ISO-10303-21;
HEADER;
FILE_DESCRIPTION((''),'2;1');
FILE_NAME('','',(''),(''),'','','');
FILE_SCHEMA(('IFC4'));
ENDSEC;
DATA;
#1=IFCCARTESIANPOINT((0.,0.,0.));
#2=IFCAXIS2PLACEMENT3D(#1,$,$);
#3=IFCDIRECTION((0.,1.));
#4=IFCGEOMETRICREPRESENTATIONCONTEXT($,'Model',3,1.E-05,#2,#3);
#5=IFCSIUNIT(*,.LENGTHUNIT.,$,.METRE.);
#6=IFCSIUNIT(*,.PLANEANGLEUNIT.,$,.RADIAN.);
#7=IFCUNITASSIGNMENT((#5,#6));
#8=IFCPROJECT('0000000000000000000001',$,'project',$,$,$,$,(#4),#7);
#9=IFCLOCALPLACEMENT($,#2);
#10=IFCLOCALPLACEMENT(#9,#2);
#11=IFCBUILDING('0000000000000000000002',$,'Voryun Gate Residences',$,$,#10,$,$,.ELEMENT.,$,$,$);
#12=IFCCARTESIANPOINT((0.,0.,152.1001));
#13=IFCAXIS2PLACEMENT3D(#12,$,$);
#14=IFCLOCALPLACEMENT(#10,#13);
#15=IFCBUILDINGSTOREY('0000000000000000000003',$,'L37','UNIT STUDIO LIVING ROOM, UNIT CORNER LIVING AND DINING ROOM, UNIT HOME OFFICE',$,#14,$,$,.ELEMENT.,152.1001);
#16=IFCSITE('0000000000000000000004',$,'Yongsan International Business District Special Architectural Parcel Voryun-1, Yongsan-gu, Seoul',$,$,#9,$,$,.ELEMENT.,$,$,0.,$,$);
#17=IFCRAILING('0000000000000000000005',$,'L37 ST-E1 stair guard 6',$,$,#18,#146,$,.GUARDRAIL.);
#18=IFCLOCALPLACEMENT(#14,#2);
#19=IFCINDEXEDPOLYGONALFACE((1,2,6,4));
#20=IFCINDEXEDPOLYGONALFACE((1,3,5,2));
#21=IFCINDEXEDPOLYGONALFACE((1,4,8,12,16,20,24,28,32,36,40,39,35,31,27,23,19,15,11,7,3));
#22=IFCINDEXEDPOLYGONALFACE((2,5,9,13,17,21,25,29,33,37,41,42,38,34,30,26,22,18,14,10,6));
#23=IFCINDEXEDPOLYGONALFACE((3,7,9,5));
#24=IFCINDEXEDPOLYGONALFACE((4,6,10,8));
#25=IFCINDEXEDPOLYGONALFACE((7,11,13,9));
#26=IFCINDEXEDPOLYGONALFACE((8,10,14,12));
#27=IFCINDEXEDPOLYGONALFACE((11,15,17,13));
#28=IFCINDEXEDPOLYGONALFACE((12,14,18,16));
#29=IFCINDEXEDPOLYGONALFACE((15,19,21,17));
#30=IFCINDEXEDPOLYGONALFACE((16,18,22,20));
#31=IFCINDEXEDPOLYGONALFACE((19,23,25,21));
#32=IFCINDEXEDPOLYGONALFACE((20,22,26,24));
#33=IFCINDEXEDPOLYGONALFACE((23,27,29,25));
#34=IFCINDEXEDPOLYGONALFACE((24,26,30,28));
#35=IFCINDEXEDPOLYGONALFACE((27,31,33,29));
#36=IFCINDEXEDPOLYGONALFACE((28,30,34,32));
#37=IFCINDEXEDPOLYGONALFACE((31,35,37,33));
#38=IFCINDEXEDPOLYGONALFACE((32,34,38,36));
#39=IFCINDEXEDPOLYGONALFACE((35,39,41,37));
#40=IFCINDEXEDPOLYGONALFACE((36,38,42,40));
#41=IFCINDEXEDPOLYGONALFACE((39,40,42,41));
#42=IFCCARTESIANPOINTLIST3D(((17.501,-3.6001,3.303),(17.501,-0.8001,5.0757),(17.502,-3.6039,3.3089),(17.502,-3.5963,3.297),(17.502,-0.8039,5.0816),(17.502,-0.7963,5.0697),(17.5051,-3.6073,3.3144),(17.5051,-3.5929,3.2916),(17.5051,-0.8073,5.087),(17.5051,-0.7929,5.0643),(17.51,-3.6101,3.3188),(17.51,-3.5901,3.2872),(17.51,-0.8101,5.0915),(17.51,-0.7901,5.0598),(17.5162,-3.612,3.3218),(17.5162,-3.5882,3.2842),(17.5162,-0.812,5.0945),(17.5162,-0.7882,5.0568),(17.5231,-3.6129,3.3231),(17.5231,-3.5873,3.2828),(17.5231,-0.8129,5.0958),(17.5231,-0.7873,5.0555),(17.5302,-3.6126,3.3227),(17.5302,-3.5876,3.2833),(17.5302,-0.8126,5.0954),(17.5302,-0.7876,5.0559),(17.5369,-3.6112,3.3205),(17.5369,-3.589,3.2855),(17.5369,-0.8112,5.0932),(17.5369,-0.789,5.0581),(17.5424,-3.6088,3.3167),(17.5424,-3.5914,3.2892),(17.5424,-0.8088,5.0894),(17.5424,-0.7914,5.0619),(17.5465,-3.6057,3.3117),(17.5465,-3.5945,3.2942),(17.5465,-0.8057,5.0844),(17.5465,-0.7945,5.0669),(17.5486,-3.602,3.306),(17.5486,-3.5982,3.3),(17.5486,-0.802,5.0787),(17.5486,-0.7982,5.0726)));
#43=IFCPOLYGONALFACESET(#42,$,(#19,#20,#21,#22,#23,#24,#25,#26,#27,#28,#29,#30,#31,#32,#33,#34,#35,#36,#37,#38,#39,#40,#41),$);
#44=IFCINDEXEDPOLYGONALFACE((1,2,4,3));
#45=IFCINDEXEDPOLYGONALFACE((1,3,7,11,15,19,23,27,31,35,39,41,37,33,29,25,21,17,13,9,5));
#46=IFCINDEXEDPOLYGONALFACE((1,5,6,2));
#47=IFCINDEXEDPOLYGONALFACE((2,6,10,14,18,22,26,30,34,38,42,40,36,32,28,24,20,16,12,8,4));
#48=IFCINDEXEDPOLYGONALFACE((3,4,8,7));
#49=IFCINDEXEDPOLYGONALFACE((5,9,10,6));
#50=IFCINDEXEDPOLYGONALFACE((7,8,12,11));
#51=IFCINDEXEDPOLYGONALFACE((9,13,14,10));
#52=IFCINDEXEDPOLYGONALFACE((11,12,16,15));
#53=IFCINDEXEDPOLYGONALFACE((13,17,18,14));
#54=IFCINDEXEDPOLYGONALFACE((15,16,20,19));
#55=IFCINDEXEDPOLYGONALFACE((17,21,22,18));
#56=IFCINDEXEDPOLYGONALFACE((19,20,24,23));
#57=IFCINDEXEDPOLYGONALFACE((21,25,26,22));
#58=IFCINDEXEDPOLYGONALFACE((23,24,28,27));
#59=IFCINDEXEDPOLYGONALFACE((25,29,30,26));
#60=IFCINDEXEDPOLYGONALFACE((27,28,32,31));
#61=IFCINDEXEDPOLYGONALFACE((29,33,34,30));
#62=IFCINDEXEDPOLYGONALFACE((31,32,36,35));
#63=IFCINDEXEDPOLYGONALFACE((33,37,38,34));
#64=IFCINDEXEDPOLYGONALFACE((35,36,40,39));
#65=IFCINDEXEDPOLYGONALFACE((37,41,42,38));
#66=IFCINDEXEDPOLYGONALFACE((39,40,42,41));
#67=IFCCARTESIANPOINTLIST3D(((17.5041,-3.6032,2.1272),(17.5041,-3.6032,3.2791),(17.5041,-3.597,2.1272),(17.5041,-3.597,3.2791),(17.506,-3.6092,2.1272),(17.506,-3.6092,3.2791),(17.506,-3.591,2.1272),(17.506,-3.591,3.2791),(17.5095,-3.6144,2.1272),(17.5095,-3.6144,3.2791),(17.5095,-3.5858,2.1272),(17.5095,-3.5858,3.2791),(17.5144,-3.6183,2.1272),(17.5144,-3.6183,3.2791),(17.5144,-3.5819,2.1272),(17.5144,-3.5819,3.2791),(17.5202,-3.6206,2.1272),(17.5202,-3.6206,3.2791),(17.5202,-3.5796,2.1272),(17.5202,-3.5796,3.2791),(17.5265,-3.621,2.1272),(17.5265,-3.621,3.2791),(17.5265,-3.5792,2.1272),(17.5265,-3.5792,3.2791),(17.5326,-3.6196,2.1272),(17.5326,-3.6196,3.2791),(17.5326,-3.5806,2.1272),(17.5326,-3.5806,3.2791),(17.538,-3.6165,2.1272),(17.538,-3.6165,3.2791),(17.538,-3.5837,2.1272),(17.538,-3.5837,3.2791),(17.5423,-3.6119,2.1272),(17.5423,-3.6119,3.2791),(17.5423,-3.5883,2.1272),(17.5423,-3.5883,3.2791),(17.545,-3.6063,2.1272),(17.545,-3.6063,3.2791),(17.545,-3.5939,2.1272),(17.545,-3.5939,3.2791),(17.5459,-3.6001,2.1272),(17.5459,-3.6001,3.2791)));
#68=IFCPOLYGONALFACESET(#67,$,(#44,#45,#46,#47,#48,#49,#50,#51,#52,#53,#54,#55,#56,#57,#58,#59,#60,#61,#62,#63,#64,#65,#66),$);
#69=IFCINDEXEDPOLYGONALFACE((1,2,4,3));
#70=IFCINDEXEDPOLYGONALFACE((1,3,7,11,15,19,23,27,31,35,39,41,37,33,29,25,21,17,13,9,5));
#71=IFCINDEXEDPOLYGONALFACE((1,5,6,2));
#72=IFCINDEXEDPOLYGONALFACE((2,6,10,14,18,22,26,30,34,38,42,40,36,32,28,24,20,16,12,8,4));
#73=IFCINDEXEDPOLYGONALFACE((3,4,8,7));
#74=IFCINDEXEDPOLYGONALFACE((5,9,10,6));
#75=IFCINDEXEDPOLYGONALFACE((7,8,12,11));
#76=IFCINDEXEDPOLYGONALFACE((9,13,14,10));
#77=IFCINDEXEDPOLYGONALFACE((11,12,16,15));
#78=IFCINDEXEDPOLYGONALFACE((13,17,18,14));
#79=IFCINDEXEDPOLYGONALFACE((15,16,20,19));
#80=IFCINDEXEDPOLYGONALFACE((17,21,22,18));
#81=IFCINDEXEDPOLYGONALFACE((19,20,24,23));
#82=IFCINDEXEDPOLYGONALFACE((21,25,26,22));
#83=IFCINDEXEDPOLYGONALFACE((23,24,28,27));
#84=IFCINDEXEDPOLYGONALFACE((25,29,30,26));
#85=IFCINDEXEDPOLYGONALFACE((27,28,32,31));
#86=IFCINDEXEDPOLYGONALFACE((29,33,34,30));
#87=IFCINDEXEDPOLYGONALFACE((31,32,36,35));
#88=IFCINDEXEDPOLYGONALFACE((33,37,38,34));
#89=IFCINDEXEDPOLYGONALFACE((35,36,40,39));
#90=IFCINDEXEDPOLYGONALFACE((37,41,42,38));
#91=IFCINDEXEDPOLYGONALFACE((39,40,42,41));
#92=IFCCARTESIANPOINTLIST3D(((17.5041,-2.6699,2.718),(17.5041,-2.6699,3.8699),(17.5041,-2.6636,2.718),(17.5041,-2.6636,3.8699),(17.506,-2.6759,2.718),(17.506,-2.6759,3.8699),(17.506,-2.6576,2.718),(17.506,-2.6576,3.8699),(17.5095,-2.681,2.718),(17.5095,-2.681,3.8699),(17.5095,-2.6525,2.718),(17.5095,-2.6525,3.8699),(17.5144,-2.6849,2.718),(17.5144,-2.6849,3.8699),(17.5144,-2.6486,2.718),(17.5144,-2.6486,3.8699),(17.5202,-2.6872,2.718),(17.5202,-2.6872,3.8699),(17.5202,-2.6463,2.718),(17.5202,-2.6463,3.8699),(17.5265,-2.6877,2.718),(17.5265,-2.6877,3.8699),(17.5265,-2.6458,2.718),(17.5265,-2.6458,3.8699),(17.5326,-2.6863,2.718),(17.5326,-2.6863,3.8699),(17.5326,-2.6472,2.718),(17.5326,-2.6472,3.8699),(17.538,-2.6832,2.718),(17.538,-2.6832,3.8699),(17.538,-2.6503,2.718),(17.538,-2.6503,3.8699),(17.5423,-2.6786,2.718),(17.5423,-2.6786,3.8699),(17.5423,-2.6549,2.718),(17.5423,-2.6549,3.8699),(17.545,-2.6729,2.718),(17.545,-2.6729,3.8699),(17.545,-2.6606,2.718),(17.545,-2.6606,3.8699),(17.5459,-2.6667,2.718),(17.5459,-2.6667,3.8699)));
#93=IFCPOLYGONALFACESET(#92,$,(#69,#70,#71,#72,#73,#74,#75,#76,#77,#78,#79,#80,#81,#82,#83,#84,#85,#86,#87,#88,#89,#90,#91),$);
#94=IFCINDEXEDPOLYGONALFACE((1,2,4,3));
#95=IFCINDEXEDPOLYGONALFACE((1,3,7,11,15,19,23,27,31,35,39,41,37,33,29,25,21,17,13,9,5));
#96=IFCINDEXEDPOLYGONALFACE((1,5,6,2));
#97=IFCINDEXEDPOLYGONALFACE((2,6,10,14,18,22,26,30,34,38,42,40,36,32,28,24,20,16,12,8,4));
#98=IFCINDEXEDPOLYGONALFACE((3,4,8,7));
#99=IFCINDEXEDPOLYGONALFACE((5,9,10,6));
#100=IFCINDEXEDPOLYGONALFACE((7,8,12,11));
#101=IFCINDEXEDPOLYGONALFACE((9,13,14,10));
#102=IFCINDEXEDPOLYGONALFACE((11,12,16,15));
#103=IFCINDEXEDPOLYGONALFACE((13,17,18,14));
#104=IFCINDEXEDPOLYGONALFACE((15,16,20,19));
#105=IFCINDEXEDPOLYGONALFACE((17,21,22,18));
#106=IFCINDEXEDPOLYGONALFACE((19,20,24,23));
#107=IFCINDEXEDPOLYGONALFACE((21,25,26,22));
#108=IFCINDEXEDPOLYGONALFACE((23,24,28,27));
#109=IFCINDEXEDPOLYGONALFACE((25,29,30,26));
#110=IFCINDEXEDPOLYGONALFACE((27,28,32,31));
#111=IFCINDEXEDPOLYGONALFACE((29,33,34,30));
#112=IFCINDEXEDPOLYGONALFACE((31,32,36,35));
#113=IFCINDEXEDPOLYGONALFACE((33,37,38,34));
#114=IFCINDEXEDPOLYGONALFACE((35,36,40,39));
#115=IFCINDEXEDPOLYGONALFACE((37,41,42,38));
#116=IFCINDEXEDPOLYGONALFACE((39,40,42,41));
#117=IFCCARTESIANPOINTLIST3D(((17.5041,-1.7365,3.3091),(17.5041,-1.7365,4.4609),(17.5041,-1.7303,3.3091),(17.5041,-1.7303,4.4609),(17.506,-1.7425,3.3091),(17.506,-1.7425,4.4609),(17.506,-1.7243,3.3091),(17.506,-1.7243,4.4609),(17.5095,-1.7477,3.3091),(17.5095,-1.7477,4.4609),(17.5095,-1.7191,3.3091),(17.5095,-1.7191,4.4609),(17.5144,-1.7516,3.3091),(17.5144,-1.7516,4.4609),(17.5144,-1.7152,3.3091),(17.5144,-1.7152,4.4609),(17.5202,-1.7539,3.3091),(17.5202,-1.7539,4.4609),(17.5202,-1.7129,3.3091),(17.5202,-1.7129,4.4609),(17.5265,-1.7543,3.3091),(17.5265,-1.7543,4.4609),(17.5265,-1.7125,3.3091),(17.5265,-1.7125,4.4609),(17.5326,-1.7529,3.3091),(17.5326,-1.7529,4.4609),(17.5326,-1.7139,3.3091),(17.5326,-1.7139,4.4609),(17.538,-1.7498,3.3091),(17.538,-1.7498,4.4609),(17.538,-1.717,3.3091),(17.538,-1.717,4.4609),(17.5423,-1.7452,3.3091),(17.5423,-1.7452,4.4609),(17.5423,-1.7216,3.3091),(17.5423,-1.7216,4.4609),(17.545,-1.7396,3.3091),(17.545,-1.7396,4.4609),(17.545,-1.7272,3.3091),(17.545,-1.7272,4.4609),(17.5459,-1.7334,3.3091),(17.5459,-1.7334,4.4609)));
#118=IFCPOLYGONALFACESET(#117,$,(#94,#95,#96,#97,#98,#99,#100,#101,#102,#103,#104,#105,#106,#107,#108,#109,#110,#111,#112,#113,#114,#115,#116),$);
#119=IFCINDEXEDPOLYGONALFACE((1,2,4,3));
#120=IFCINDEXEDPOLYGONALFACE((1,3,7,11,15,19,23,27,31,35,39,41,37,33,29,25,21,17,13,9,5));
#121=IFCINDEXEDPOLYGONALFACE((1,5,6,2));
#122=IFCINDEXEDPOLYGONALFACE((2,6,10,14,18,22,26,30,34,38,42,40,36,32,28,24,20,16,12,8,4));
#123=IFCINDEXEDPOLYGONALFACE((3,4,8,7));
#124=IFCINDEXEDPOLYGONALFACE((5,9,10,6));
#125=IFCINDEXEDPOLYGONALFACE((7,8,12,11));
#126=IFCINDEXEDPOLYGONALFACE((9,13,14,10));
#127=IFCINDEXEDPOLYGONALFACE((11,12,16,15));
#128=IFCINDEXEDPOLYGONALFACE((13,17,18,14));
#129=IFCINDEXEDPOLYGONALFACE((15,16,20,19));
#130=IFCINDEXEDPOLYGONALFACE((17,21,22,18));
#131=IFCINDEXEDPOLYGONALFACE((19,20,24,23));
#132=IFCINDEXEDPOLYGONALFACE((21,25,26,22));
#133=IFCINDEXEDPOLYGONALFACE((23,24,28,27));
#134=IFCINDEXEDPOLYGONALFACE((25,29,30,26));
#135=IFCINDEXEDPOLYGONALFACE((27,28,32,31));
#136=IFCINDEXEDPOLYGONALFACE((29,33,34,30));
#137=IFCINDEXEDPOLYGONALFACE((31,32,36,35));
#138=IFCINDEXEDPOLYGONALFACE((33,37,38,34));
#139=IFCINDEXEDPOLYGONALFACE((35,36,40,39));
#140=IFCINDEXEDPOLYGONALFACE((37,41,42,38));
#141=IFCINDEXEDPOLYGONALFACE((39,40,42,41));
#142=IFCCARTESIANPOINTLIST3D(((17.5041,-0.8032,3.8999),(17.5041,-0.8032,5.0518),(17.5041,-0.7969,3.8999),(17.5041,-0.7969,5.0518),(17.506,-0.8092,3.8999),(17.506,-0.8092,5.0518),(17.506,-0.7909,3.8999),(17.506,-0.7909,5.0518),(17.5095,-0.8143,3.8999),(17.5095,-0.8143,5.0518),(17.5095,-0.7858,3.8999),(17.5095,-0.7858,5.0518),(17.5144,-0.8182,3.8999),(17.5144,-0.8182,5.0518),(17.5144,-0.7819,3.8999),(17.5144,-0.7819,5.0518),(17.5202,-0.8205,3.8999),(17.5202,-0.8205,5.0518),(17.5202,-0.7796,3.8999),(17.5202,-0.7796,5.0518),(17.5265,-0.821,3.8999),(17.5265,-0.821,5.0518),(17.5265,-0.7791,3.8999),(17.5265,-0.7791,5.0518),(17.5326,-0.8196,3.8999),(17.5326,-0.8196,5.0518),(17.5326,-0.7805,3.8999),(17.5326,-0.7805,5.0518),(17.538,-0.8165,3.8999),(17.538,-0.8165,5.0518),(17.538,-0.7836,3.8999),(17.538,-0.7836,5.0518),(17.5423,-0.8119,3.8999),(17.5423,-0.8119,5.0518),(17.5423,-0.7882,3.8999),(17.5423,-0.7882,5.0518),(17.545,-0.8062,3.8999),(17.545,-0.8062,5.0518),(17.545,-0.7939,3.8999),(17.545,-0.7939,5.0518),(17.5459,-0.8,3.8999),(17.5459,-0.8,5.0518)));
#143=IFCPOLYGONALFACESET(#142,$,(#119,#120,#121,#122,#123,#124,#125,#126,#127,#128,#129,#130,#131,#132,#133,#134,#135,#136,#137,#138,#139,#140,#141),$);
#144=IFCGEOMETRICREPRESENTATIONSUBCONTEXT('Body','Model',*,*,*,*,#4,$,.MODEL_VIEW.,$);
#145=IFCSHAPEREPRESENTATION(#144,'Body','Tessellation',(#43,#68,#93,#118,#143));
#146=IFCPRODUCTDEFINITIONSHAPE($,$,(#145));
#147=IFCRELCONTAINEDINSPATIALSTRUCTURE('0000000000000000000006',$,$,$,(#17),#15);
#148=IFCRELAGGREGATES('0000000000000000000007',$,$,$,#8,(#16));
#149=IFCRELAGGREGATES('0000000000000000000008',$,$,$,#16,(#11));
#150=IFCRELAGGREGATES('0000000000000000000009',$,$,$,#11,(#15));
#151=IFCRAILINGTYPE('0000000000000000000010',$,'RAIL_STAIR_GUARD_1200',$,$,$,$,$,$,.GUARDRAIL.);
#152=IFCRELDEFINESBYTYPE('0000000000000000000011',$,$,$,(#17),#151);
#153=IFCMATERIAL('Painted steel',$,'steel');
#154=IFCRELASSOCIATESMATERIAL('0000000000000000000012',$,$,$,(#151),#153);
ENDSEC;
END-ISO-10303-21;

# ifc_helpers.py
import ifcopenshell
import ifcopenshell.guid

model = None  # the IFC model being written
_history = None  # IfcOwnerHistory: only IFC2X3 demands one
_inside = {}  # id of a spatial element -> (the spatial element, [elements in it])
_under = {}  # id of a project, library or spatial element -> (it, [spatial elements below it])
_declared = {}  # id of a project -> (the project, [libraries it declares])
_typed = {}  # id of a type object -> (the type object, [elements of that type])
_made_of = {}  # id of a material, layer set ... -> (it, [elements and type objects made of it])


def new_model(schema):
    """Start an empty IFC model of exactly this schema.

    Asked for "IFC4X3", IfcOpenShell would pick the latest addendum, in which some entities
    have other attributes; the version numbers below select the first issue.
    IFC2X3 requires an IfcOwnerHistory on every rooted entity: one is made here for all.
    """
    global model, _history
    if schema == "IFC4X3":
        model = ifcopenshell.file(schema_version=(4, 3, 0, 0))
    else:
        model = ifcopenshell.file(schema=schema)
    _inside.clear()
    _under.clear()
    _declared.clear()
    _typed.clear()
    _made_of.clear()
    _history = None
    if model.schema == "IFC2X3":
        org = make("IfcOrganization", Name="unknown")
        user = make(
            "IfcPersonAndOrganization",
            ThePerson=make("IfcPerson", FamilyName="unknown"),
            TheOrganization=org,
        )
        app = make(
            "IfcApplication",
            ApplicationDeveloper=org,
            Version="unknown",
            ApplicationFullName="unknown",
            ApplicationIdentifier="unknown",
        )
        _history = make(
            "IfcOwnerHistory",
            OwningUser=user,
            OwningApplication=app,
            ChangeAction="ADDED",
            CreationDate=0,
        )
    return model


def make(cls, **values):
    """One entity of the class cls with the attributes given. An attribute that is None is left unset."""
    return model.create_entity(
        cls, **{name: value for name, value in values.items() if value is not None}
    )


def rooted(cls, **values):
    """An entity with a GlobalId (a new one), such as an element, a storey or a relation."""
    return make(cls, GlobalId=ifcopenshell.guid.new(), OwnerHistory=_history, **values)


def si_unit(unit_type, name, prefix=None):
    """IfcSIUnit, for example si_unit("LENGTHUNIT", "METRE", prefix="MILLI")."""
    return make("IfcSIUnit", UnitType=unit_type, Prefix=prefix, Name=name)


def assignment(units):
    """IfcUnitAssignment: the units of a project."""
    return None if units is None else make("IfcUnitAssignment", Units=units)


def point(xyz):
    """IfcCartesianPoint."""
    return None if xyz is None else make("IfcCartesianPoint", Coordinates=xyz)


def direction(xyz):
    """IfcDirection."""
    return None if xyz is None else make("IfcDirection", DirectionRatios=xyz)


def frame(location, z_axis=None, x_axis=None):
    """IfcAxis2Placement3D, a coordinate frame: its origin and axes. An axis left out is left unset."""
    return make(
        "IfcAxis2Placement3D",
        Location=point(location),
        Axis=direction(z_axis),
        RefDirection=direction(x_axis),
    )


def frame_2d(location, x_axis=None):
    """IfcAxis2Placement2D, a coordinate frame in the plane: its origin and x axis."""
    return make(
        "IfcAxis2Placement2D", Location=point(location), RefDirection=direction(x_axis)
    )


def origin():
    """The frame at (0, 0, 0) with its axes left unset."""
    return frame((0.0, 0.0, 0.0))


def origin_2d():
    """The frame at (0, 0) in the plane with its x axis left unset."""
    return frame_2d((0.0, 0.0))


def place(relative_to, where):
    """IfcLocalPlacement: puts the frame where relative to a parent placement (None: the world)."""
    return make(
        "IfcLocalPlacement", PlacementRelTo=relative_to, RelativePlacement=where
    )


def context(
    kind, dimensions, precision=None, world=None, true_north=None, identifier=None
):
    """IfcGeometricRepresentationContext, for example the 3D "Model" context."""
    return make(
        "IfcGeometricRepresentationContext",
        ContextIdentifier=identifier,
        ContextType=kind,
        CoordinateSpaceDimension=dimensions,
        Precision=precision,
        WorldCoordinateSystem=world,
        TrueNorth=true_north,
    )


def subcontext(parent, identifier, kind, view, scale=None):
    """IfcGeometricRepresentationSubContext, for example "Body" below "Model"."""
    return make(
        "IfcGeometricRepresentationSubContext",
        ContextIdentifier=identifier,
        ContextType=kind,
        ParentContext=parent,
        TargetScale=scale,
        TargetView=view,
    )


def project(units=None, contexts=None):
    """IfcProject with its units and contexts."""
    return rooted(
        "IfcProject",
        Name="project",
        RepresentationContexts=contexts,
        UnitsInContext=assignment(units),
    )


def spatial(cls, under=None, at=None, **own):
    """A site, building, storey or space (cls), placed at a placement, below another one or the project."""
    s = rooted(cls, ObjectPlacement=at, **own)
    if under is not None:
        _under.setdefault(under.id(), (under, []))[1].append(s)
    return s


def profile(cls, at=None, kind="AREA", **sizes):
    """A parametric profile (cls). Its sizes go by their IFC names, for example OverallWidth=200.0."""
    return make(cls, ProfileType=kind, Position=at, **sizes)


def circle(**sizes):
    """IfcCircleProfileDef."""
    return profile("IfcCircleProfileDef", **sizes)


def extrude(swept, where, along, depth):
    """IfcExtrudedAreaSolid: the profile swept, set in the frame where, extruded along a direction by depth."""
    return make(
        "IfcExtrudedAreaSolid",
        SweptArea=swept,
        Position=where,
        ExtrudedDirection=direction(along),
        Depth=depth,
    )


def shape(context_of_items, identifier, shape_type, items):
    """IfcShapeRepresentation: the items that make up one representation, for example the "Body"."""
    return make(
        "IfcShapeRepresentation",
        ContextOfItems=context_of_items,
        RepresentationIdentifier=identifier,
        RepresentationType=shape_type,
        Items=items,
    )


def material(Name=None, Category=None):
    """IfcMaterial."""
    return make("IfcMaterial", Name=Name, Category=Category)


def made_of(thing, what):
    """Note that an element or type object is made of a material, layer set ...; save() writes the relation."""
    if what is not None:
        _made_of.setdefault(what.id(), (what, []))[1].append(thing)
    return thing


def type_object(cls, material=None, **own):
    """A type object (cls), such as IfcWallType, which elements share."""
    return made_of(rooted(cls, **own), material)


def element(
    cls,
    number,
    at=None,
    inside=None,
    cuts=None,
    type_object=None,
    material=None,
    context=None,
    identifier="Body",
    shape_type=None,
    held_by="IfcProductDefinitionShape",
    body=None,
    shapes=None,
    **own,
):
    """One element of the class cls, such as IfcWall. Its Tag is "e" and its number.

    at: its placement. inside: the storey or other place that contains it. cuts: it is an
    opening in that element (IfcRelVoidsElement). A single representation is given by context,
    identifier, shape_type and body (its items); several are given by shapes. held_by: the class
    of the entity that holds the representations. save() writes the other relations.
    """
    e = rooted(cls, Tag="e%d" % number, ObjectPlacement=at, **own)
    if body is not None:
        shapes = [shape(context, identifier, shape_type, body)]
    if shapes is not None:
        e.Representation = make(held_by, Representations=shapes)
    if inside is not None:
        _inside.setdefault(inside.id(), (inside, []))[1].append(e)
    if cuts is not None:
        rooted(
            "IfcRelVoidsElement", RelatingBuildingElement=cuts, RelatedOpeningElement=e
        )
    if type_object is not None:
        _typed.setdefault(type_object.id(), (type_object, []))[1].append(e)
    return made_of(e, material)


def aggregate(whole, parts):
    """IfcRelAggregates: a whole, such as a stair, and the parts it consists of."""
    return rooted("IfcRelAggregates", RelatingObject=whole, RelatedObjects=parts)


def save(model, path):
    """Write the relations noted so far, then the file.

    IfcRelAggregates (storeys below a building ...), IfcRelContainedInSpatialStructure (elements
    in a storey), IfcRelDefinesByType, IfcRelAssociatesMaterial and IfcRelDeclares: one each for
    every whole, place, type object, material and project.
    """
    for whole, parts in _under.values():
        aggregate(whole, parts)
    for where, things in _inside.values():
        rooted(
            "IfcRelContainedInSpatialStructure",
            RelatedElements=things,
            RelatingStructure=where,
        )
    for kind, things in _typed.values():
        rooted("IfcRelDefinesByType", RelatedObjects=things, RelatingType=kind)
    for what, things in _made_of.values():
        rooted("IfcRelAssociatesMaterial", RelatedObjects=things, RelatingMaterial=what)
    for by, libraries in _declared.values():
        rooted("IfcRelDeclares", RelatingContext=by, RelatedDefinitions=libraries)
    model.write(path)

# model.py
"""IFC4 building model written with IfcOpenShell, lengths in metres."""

from ifc_helpers import new_model, si_unit, direction, frame, origin, origin_2d, place, context, subcontext, project, spatial, circle, extrude, material, type_object, element, save


model = new_model("IFC4")

# Units and contexts
model_context = context("Model", 3, precision=1e-05, world=origin(), true_north=direction((0.0, 1.0)))
body_context = subcontext(model_context, "Body", "Model", "MODEL_VIEW")
ifc_project = project(units=[si_unit("LENGTHUNIT", "METRE"), si_unit("PLANEANGLEUNIT", "RADIAN")], contexts=[model_context])

# Site, building, storey
site_placement = place(None, origin())
site = spatial("IfcSite", under=ifc_project, at=site_placement, Name="Yongsan International Business District Special Architectural Parcel Voryun-1, Yongsan-gu, Seoul", CompositionType="ELEMENT", RefElevation=0.0)
building_placement = place(site_placement, origin())
building = spatial("IfcBuilding", under=site, at=building_placement, Name="Voryun Gate Residences", CompositionType="ELEMENT")
storey_placement = place(building_placement, frame((0.0, 0.0, 152.1001)))
storey = spatial("IfcBuildingStorey", under=building, at=storey_placement, Name="L37", Description="UNIT STUDIO LIVING ROOM, UNIT CORNER LIVING AND DINING ROOM, UNIT HOME OFFICE", CompositionType="ELEMENT", Elevation=152.1001)

# Railing
ifc_material_1 = material(Name="Painted steel", Category="steel")
railing_type_1 = type_object("IfcRailingType", Name="RAIL_STAIR_GUARD_1200", PredefinedType="GUARDRAIL", material=ifc_material_1)
railing_1_placement = place(storey_placement, frame((17.5249, -3.6001, 2.1272)))
element("IfcRailing", 1, at=railing_1_placement, inside=storey, type_object=railing_type_1, Name="L37 ST-E1 stair guard 6", PredefinedType="GUARDRAIL", context=body_context, shape_type="SweptSolid", body=[
    extrude(circle(Radius=0.0239, at=origin_2d()), frame((0.0, 0.0, 1.1758), z_axis=(0.0, 0.844909, 0.53491), x_axis=(-1.0, 0.0, 0.0)), (0.0, 0.0, 1.0), 3.314),
    extrude(circle(Radius=0.021, at=origin_2d()), origin(), (0.0, 0.0, 1.0), 1.1519),
    extrude(circle(Radius=0.021, at=origin_2d()), frame((0.0, 0.9333, 0.5908)), (0.0, 0.0, 1.0), 1.1519),
    extrude(circle(Radius=0.021, at=origin_2d()), frame((0.0, 1.8667, 1.1819)), (0.0, 0.0, 1.0), 1.1519),
    extrude(circle(Radius=0.021, at=origin_2d()), frame((0.0, 2.8, 1.7727)), (0.0, 0.0, 1.0), 1.1519),
])

save(model, "model.ifc")
